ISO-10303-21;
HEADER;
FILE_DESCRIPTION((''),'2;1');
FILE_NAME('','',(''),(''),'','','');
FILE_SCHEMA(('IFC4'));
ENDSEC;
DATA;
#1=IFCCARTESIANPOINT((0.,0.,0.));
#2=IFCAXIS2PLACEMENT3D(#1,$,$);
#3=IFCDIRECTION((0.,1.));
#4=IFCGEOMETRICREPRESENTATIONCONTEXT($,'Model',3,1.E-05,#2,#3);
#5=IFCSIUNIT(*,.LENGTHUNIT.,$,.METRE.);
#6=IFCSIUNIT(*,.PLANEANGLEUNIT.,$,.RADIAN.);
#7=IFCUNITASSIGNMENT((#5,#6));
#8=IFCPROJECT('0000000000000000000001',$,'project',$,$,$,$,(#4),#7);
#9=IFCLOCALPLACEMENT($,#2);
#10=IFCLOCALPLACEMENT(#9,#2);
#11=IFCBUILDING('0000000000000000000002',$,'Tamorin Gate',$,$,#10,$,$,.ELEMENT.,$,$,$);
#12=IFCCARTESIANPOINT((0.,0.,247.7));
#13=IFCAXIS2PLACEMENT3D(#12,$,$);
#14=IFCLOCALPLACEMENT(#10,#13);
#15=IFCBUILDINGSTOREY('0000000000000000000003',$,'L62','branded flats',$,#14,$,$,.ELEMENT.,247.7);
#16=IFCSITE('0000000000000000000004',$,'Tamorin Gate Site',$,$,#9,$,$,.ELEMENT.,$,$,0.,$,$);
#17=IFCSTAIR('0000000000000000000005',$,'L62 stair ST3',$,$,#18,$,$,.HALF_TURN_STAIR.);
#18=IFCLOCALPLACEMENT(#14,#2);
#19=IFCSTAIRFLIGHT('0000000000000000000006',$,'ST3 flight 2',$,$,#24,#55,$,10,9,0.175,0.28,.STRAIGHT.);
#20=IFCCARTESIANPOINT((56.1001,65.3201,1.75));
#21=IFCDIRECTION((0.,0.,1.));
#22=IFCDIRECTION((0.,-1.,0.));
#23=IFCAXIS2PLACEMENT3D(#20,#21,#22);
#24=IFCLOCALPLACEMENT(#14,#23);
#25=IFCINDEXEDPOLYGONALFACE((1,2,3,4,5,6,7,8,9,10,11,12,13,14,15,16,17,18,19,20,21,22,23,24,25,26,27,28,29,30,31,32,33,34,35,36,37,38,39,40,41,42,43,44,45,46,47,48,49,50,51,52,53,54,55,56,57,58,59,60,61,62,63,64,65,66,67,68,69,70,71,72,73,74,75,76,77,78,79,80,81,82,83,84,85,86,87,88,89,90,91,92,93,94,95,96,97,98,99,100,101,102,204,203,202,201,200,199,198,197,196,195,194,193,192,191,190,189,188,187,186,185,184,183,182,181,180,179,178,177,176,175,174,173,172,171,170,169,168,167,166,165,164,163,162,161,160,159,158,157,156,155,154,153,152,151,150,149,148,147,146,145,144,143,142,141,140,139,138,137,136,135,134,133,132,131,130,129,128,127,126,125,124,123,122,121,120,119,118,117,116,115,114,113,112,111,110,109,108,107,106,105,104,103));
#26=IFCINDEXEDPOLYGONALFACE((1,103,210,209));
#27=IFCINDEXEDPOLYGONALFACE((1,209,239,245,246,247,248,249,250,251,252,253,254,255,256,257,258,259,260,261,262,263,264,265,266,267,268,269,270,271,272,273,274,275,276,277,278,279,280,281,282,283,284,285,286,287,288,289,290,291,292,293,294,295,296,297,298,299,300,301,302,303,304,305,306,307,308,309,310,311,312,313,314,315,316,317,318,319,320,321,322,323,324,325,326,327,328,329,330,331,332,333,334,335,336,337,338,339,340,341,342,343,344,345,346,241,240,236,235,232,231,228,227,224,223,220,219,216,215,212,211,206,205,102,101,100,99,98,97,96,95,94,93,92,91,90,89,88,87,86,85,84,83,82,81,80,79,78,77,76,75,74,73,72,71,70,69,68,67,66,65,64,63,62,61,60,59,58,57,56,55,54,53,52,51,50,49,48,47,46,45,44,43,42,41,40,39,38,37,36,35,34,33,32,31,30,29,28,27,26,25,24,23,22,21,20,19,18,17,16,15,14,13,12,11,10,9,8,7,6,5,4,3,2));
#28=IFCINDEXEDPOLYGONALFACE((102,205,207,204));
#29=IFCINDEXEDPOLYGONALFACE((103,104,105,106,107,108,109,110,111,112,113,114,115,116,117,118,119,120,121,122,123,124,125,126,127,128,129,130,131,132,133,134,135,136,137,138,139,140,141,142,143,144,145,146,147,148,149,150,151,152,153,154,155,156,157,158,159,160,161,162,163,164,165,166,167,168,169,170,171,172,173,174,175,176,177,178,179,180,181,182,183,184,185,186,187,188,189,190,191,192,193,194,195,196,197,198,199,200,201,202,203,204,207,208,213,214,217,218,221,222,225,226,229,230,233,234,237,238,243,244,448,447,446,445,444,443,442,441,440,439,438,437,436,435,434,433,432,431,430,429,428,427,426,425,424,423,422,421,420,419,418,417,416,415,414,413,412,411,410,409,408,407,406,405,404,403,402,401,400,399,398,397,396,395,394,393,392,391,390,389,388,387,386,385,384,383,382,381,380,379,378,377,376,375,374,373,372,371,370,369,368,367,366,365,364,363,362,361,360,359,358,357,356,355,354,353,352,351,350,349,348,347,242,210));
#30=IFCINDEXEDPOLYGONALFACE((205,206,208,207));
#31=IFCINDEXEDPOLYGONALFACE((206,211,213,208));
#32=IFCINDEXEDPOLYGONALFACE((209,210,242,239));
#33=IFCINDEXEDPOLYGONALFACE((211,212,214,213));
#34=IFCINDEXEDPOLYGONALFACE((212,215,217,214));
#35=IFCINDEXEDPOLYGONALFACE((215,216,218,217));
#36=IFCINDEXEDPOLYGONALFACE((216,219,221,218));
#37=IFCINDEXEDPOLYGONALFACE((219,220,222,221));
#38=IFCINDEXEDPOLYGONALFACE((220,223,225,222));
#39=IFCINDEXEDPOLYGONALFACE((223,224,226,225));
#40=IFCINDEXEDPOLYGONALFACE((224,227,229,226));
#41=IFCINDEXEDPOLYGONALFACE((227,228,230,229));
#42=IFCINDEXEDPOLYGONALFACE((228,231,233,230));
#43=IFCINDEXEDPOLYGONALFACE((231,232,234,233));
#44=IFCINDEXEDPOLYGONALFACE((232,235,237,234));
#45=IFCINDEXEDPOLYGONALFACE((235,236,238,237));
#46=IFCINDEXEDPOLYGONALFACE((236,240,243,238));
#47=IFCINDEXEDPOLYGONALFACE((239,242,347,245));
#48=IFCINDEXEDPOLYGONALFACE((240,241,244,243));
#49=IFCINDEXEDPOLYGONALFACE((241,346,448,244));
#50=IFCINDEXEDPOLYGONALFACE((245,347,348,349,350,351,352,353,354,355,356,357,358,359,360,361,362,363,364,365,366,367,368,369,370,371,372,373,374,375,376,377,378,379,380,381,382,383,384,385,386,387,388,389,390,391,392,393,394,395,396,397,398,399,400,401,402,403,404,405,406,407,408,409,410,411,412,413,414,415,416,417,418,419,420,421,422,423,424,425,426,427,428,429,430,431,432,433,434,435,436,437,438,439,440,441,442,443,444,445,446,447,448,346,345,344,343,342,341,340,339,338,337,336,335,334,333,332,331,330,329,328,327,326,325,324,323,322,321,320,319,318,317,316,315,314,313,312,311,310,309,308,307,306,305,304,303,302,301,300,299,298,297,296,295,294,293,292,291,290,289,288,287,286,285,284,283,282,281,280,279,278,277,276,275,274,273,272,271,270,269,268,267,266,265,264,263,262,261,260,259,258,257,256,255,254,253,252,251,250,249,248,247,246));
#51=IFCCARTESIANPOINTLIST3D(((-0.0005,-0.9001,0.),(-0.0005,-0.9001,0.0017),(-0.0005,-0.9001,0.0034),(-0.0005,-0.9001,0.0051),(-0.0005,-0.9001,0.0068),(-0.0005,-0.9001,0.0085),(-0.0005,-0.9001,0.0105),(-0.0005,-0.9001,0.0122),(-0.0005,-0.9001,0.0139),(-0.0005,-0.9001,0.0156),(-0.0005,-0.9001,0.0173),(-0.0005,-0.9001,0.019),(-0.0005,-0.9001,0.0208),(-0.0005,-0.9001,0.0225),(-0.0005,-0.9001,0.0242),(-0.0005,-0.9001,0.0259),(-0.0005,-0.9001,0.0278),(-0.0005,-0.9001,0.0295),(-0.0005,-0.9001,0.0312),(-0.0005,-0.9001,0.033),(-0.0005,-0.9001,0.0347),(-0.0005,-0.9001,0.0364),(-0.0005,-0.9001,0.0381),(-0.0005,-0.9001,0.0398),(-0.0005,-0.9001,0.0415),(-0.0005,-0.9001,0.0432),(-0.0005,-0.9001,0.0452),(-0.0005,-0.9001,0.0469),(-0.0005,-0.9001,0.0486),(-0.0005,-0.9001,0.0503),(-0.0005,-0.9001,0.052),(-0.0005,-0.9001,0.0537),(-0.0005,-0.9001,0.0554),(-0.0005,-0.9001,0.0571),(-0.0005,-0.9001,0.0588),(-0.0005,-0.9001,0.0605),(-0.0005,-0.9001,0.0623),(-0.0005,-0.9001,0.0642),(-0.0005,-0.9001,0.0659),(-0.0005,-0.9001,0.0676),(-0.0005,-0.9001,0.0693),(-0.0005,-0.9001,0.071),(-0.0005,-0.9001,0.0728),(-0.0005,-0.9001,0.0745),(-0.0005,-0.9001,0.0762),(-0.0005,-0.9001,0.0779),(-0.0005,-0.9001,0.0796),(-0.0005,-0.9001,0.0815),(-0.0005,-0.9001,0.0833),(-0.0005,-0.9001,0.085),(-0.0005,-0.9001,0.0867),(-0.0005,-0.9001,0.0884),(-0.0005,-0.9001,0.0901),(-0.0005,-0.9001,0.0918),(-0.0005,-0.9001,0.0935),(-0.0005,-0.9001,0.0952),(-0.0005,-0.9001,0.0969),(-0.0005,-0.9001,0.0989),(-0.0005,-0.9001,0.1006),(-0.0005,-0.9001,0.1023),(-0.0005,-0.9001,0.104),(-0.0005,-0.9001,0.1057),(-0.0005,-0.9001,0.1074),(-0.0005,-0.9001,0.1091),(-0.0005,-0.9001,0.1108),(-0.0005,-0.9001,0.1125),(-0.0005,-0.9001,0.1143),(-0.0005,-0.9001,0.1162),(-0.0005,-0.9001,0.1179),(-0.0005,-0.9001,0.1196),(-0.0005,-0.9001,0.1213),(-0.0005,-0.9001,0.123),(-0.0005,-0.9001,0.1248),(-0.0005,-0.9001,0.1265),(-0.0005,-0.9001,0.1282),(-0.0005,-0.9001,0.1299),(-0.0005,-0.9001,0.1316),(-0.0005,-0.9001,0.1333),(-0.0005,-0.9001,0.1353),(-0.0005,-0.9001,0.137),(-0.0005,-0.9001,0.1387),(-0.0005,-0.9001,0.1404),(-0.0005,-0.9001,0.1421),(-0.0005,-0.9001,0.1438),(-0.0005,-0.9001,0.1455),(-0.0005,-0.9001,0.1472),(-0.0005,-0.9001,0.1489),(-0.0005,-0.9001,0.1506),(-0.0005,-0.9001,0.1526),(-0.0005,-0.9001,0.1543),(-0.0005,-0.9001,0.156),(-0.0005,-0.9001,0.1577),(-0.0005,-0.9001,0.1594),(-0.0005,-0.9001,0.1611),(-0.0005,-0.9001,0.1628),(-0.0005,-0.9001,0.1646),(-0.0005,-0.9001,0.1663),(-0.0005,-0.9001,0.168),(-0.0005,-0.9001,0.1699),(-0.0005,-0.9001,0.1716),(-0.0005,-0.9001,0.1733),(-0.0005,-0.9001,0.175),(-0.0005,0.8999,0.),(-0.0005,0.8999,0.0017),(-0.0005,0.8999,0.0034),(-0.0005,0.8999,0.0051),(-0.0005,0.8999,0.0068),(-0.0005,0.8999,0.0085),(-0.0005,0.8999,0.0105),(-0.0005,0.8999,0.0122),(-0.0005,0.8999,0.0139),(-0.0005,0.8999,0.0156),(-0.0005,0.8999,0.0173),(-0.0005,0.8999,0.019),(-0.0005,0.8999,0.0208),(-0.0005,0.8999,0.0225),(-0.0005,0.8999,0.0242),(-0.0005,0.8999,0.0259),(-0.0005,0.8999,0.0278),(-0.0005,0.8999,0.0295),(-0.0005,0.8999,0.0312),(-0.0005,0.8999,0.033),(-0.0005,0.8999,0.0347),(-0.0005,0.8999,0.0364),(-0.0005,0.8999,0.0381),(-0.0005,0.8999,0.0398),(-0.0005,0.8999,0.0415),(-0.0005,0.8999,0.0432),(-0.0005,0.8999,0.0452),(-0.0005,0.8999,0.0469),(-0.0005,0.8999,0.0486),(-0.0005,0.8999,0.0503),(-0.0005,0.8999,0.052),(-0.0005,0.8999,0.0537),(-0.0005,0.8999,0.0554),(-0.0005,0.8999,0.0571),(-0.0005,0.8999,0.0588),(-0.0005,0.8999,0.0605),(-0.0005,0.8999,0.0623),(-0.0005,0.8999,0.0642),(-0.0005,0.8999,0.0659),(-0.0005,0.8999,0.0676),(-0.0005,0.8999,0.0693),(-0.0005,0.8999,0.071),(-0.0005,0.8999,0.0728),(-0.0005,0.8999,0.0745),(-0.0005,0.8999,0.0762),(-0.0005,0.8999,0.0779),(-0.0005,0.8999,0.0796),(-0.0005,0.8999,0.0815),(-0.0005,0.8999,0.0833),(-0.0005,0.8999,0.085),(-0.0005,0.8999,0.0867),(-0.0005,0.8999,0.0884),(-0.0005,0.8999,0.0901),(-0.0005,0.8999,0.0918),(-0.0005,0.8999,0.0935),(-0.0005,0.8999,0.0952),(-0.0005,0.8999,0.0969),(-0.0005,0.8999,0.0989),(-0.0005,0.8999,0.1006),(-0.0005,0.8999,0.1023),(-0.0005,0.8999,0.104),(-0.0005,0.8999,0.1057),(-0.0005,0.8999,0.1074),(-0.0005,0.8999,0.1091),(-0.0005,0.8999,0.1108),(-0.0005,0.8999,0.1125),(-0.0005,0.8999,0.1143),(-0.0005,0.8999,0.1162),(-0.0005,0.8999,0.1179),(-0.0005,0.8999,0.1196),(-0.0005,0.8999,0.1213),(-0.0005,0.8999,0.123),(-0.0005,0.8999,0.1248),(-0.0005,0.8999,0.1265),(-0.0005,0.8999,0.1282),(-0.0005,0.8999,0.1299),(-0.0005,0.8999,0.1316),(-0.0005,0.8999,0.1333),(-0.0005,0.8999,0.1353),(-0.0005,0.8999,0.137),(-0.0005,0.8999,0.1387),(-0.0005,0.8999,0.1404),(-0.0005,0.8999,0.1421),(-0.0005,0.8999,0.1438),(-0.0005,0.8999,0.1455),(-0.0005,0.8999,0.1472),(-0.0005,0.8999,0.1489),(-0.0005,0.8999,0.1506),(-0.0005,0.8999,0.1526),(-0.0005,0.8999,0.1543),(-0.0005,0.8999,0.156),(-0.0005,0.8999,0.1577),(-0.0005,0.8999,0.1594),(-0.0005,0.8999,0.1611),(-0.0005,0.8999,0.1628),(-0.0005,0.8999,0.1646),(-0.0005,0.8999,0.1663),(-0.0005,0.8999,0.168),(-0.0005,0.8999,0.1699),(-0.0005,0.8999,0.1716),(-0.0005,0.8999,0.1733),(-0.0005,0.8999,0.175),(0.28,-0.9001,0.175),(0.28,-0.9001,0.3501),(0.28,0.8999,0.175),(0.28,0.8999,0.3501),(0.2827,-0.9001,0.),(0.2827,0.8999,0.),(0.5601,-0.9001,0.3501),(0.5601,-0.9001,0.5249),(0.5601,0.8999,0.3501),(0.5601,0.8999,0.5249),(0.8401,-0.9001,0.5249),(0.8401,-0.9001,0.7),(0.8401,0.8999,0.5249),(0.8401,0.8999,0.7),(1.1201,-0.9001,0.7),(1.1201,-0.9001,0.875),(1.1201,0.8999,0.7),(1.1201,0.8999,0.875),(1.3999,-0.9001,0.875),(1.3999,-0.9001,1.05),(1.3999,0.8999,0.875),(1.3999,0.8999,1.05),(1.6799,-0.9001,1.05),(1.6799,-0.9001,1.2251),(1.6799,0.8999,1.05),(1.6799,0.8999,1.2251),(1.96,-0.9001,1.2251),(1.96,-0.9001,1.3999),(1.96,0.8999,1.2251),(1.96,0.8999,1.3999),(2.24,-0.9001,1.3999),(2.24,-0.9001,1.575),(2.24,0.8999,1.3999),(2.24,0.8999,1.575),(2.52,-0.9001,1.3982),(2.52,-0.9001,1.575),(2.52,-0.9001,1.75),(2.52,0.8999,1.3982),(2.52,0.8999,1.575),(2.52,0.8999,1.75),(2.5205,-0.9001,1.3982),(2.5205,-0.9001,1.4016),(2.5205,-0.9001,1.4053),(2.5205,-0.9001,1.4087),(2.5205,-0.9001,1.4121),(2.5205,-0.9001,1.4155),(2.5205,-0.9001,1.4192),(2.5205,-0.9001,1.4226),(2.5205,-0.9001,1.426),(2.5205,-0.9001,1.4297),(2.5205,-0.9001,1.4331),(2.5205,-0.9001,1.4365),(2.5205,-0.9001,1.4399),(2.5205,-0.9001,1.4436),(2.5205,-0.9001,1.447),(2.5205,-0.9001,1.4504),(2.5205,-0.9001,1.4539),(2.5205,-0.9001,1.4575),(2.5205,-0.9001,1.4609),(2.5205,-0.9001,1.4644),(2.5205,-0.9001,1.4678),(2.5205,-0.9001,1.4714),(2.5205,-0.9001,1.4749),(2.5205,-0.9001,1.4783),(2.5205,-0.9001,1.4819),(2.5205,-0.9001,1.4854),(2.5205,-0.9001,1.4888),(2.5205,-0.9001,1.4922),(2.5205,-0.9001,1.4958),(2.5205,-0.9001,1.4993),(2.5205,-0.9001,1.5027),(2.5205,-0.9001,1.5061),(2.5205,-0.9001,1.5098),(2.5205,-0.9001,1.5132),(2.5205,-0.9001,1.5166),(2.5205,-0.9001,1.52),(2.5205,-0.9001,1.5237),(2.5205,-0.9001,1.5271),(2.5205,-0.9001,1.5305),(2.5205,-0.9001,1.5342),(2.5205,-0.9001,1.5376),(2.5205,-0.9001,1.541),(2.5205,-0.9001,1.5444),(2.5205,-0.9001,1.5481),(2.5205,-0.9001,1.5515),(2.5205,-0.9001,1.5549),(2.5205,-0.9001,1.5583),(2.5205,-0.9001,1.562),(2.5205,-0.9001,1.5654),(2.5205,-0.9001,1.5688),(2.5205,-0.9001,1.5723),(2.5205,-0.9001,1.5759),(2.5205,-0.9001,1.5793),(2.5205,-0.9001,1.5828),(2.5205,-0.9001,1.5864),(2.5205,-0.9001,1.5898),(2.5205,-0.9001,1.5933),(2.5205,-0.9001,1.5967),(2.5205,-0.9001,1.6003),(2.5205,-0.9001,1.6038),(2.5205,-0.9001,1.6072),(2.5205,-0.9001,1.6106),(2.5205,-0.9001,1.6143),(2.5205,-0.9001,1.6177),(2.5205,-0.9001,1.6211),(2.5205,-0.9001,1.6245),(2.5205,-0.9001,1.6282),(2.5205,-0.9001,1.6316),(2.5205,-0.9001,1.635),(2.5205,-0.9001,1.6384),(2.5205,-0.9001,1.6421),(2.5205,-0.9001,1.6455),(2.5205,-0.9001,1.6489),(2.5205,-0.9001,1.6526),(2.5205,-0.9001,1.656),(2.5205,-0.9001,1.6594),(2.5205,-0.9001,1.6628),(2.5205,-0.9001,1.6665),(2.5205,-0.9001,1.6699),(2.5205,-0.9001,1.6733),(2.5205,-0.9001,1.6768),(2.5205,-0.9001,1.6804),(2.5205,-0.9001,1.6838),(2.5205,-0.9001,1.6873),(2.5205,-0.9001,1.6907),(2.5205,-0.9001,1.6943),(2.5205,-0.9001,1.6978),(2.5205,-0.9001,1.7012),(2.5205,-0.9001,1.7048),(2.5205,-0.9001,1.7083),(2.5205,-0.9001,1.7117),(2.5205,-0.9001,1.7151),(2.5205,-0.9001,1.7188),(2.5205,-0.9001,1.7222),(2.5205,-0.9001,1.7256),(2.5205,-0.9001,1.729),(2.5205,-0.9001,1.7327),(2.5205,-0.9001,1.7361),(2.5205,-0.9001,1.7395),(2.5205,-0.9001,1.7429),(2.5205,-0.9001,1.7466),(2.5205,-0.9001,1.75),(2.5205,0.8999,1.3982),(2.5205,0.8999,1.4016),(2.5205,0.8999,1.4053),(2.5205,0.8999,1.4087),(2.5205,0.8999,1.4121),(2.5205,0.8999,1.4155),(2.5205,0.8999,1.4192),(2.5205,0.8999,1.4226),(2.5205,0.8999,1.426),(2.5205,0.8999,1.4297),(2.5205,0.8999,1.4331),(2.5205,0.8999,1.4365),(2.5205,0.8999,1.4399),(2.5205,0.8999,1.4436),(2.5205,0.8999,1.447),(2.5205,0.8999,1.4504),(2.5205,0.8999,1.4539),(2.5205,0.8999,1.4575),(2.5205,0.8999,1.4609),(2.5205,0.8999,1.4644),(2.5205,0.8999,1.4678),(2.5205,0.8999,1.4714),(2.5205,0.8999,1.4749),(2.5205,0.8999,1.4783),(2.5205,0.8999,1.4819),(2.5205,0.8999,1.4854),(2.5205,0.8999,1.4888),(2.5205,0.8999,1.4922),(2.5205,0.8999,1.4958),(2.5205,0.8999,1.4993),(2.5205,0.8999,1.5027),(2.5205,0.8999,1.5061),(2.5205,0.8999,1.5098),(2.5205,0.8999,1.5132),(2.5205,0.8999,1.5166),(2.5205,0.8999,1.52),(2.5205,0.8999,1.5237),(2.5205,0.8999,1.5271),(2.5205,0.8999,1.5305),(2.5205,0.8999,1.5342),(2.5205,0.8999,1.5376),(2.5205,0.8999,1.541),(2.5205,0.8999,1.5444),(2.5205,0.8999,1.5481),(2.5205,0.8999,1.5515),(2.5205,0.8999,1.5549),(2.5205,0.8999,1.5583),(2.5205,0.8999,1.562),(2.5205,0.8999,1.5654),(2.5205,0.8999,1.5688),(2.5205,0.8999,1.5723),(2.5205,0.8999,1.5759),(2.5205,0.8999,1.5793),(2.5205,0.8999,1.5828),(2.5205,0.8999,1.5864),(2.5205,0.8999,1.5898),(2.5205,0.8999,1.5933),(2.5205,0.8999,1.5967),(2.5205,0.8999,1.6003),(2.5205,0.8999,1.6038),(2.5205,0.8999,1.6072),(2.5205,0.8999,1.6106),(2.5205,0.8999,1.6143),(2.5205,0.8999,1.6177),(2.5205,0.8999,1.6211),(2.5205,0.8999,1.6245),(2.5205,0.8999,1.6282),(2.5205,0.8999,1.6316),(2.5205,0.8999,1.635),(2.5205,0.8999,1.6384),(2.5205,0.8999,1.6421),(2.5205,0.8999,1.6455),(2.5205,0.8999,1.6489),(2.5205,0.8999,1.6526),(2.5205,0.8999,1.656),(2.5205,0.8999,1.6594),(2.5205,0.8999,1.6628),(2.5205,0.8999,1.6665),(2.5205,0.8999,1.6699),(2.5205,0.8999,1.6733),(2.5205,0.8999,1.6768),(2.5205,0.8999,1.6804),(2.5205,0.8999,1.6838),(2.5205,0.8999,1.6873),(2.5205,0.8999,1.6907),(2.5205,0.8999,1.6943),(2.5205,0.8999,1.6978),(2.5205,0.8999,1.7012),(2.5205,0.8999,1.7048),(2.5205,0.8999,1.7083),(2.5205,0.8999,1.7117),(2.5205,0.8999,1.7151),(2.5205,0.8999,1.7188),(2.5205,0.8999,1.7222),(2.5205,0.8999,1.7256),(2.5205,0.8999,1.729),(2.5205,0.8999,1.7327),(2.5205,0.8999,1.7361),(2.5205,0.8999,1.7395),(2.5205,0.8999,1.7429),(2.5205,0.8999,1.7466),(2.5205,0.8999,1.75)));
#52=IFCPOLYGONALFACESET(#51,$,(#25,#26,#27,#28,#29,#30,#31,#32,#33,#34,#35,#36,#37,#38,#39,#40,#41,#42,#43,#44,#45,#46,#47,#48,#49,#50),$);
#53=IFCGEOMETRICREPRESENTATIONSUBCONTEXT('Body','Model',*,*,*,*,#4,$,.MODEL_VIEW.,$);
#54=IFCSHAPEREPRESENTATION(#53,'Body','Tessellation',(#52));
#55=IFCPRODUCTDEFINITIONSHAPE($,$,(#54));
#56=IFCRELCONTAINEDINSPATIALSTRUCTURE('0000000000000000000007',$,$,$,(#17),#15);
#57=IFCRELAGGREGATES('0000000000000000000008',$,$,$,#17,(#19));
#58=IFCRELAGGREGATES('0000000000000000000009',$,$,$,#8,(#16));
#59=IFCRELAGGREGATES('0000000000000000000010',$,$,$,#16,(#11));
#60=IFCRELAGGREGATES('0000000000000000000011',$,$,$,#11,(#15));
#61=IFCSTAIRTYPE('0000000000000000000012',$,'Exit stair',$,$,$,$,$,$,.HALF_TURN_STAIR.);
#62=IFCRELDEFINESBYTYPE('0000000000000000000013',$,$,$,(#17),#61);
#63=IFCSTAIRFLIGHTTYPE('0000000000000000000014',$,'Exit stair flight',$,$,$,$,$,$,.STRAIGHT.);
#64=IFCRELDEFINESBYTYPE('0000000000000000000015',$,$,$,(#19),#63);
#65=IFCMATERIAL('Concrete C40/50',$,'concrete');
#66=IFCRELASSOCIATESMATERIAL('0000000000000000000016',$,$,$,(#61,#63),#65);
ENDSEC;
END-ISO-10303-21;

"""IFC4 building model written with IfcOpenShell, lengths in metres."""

from ifc_helpers import new_model, si_unit, direction, frame, origin, place, context, subcontext, project, spatial, polyline, outline, extrude, material, type_object, element, aggregate, save


model = new_model("IFC4")

# Units and contexts
model_context = context("Model", 3, precision=1e-05, world=origin(), true_north=direction((0.0, 1.0)))
body_context = subcontext(model_context, "Body", "Model", "MODEL_VIEW")
ifc_project = project(units=[si_unit("LENGTHUNIT", "METRE"), si_unit("PLANEANGLEUNIT", "RADIAN")], contexts=[model_context])

# Site, building, storey
site_placement = place(None, origin())
site = spatial("IfcSite", under=ifc_project, at=site_placement, Name="Tamorin Gate Site", CompositionType="ELEMENT", RefElevation=0.0)
building_placement = place(site_placement, origin())
building = spatial("IfcBuilding", under=site, at=building_placement, Name="Tamorin Gate", CompositionType="ELEMENT")
storey_placement = place(building_placement, frame((0.0, 0.0, 247.7)))
storey = spatial("IfcBuildingStorey", under=building, at=storey_placement, Name="L62", Description="branded flats", CompositionType="ELEMENT", Elevation=247.7)

# Stair, stair flight
ifc_material_1 = material(Name="Concrete C40/50", Category="concrete")
stair_type = type_object("IfcStairType", Name="Exit stair", PredefinedType="HALF_TURN_STAIR", material=ifc_material_1)
stair_placement = place(storey_placement, origin())
stair = element("IfcStair", 1, at=stair_placement, inside=storey, type_object=stair_type, Name="L62 stair ST3", PredefinedType="HALF_TURN_STAIR")
stair_flight_type = type_object("IfcStairFlightType", Name="Exit stair flight", PredefinedType="STRAIGHT", material=ifc_material_1)
stair_flight_1_placement = place(storey_placement, frame((56.1001, 65.3201, 1.75), z_axis=(0.0, 0.0, 1.0), x_axis=(0.0, -1.0, 0.0)))
stair_flight_1 = element("IfcStairFlight", 2, at=stair_flight_1_placement, type_object=stair_flight_type, Name="ST3 flight 2", NumberOfRisers=10, NumberOfTreads=9, PredefinedType="STRAIGHT", RiserHeight=0.175, TreadLength=0.28, context=body_context, shape_type="SweptSolid", body=[
    extrude(outline(polyline([(-0.0005, 0.0), (-0.0005, 0.0017), (-0.0005, 0.0034), (-0.0005, 0.0051), (-0.0005, 0.0068), (-0.0005, 0.0085), (-0.0005, 0.0105), (-0.0005, 0.0122), (-0.0005, 0.0139), (-0.0005, 0.0156), (-0.0005, 0.0173), (-0.0005, 0.019), (-0.0005, 0.0208), (-0.0005, 0.0225), (-0.0005, 0.0242), (-0.0005, 0.0259), (-0.0005, 0.0278), (-0.0005, 0.0295), (-0.0005, 0.0312), (-0.0005, 0.033), (-0.0005, 0.0347), (-0.0005, 0.0364), (-0.0005, 0.0381), (-0.0005, 0.0398), (-0.0005, 0.0415), (-0.0005, 0.0432), (-0.0005, 0.0452), (-0.0005, 0.0469), (-0.0005, 0.0486), (-0.0005, 0.0503), (-0.0005, 0.052), (-0.0005, 0.0537), (-0.0005, 0.0554), (-0.0005, 0.0571), (-0.0005, 0.0588), (-0.0005, 0.0605), (-0.0005, 0.0623), (-0.0005, 0.0642), (-0.0005, 0.0659), (-0.0005, 0.0676), (-0.0005, 0.0693), (-0.0005, 0.071), (-0.0005, 0.0728), (-0.0005, 0.0745), (-0.0005, 0.0762), (-0.0005, 0.0779), (-0.0005, 0.0796), (-0.0005, 0.0815), (-0.0005, 0.0833), (-0.0005, 0.085), (-0.0005, 0.0867), (-0.0005, 0.0884), (-0.0005, 0.0901), (-0.0005, 0.0918), (-0.0005, 0.0935), (-0.0005, 0.0952), (-0.0005, 0.0969), (-0.0005, 0.0989), (-0.0005, 0.1006), (-0.0005, 0.1023), (-0.0005, 0.104), (-0.0005, 0.1057), (-0.0005, 0.1074), (-0.0005, 0.1091), (-0.0005, 0.1108), (-0.0005, 0.1125), (-0.0005, 0.1143), (-0.0005, 0.1162), (-0.0005, 0.1179), (-0.0005, 0.1196), (-0.0005, 0.1213), (-0.0005, 0.123), (-0.0005, 0.1248), (-0.0005, 0.1265), (-0.0005, 0.1282), (-0.0005, 0.1299), (-0.0005, 0.1316), (-0.0005, 0.1333), (-0.0005, 0.1353), (-0.0005, 0.137), (-0.0005, 0.1387), (-0.0005, 0.1404), (-0.0005, 0.1421), (-0.0005, 0.1438), (-0.0005, 0.1455), (-0.0005, 0.1472), (-0.0005, 0.1489), (-0.0005, 0.1506), (-0.0005, 0.1526), (-0.0005, 0.1543), (-0.0005, 0.156), (-0.0005, 0.1577), (-0.0005, 0.1594), (-0.0005, 0.1611), (-0.0005, 0.1628), (-0.0005, 0.1646), (-0.0005, 0.1663), (-0.0005, 0.168), (-0.0005, 0.1699), (-0.0005, 0.1716), (-0.0005, 0.1733), (-0.0005, 0.175), (0.28, 0.175), (0.28, 0.3501), (0.5601, 0.3501), (0.5601, 0.5249), (0.8401, 0.5249), (0.8401, 0.7), (1.1201, 0.7), (1.1201, 0.875), (1.3999, 0.875), (1.3999, 1.05), (1.6799, 1.05), (1.6799, 1.2251), (1.96, 1.2251), (1.96, 1.3999), (2.24, 1.3999), (2.24, 1.575), (2.52, 1.575), (2.52, 1.75), (2.5205, 1.75), (2.5205, 1.7466), (2.5205, 1.7429), (2.5205, 1.7395), (2.5205, 1.7361), (2.5205, 1.7327), (2.5205, 1.729), (2.5205, 1.7256), (2.5205, 1.7222), (2.5205, 1.7188), (2.5205, 1.7151), (2.5205, 1.7117), (2.5205, 1.7083), (2.5205, 1.7048), (2.5205, 1.7012), (2.5205, 1.6978), (2.5205, 1.6943), (2.5205, 1.6907), (2.5205, 1.6873), (2.5205, 1.6838), (2.5205, 1.6804), (2.5205, 1.6768), (2.5205, 1.6733), (2.5205, 1.6699), (2.5205, 1.6665), (2.5205, 1.6628), (2.5205, 1.6594), (2.5205, 1.656), (2.5205, 1.6526), (2.5205, 1.6489), (2.5205, 1.6455), (2.5205, 1.6421), (2.5205, 1.6384), (2.5205, 1.635), (2.5205, 1.6316), (2.5205, 1.6282), (2.5205, 1.6245), (2.5205, 1.6211), (2.5205, 1.6177), (2.5205, 1.6143), (2.5205, 1.6106), (2.5205, 1.6072), (2.5205, 1.6038), (2.5205, 1.6003), (2.5205, 1.5967), (2.5205, 1.5933), (2.5205, 1.5898), (2.5205, 1.5864), (2.5205, 1.5828), (2.5205, 1.5793), (2.5205, 1.5759), (2.5205, 1.5723), (2.5205, 1.5688), (2.5205, 1.5654), (2.5205, 1.562), (2.5205, 1.5583), (2.5205, 1.5549), (2.5205, 1.5515), (2.5205, 1.5481), (2.5205, 1.5444), (2.5205, 1.541), (2.5205, 1.5376), (2.5205, 1.5342), (2.5205, 1.5305), (2.5205, 1.5271), (2.5205, 1.5237), (2.5205, 1.52), (2.5205, 1.5166), (2.5205, 1.5132), (2.5205, 1.5098), (2.5205, 1.5061), (2.5205, 1.5027), (2.5205, 1.4993), (2.5205, 1.4958), (2.5205, 1.4922), (2.5205, 1.4888), (2.5205, 1.4854), (2.5205, 1.4819), (2.5205, 1.4783), (2.5205, 1.4749), (2.5205, 1.4714), (2.5205, 1.4678), (2.5205, 1.4644), (2.5205, 1.4609), (2.5205, 1.4575), (2.5205, 1.4539), (2.5205, 1.4504), (2.5205, 1.447), (2.5205, 1.4436), (2.5205, 1.4399), (2.5205, 1.4365), (2.5205, 1.4331), (2.5205, 1.4297), (2.5205, 1.426), (2.5205, 1.4226), (2.5205, 1.4192), (2.5205, 1.4155), (2.5205, 1.4121), (2.5205, 1.4087), (2.5205, 1.4053), (2.5205, 1.4016), (2.5205, 1.3982), (2.52, 1.3982), (0.2827, 0.0), (-0.0005, 0.0)])), frame((0.0, 0.8999, 0.0), z_axis=(0.0, -1.0, 0.0), x_axis=(1.0, 0.0, 0.0)), (0.0, 0.0, 1.0), 1.8),
])
aggregate(stair, [stair_flight_1])

save(model, "model.ifc")
